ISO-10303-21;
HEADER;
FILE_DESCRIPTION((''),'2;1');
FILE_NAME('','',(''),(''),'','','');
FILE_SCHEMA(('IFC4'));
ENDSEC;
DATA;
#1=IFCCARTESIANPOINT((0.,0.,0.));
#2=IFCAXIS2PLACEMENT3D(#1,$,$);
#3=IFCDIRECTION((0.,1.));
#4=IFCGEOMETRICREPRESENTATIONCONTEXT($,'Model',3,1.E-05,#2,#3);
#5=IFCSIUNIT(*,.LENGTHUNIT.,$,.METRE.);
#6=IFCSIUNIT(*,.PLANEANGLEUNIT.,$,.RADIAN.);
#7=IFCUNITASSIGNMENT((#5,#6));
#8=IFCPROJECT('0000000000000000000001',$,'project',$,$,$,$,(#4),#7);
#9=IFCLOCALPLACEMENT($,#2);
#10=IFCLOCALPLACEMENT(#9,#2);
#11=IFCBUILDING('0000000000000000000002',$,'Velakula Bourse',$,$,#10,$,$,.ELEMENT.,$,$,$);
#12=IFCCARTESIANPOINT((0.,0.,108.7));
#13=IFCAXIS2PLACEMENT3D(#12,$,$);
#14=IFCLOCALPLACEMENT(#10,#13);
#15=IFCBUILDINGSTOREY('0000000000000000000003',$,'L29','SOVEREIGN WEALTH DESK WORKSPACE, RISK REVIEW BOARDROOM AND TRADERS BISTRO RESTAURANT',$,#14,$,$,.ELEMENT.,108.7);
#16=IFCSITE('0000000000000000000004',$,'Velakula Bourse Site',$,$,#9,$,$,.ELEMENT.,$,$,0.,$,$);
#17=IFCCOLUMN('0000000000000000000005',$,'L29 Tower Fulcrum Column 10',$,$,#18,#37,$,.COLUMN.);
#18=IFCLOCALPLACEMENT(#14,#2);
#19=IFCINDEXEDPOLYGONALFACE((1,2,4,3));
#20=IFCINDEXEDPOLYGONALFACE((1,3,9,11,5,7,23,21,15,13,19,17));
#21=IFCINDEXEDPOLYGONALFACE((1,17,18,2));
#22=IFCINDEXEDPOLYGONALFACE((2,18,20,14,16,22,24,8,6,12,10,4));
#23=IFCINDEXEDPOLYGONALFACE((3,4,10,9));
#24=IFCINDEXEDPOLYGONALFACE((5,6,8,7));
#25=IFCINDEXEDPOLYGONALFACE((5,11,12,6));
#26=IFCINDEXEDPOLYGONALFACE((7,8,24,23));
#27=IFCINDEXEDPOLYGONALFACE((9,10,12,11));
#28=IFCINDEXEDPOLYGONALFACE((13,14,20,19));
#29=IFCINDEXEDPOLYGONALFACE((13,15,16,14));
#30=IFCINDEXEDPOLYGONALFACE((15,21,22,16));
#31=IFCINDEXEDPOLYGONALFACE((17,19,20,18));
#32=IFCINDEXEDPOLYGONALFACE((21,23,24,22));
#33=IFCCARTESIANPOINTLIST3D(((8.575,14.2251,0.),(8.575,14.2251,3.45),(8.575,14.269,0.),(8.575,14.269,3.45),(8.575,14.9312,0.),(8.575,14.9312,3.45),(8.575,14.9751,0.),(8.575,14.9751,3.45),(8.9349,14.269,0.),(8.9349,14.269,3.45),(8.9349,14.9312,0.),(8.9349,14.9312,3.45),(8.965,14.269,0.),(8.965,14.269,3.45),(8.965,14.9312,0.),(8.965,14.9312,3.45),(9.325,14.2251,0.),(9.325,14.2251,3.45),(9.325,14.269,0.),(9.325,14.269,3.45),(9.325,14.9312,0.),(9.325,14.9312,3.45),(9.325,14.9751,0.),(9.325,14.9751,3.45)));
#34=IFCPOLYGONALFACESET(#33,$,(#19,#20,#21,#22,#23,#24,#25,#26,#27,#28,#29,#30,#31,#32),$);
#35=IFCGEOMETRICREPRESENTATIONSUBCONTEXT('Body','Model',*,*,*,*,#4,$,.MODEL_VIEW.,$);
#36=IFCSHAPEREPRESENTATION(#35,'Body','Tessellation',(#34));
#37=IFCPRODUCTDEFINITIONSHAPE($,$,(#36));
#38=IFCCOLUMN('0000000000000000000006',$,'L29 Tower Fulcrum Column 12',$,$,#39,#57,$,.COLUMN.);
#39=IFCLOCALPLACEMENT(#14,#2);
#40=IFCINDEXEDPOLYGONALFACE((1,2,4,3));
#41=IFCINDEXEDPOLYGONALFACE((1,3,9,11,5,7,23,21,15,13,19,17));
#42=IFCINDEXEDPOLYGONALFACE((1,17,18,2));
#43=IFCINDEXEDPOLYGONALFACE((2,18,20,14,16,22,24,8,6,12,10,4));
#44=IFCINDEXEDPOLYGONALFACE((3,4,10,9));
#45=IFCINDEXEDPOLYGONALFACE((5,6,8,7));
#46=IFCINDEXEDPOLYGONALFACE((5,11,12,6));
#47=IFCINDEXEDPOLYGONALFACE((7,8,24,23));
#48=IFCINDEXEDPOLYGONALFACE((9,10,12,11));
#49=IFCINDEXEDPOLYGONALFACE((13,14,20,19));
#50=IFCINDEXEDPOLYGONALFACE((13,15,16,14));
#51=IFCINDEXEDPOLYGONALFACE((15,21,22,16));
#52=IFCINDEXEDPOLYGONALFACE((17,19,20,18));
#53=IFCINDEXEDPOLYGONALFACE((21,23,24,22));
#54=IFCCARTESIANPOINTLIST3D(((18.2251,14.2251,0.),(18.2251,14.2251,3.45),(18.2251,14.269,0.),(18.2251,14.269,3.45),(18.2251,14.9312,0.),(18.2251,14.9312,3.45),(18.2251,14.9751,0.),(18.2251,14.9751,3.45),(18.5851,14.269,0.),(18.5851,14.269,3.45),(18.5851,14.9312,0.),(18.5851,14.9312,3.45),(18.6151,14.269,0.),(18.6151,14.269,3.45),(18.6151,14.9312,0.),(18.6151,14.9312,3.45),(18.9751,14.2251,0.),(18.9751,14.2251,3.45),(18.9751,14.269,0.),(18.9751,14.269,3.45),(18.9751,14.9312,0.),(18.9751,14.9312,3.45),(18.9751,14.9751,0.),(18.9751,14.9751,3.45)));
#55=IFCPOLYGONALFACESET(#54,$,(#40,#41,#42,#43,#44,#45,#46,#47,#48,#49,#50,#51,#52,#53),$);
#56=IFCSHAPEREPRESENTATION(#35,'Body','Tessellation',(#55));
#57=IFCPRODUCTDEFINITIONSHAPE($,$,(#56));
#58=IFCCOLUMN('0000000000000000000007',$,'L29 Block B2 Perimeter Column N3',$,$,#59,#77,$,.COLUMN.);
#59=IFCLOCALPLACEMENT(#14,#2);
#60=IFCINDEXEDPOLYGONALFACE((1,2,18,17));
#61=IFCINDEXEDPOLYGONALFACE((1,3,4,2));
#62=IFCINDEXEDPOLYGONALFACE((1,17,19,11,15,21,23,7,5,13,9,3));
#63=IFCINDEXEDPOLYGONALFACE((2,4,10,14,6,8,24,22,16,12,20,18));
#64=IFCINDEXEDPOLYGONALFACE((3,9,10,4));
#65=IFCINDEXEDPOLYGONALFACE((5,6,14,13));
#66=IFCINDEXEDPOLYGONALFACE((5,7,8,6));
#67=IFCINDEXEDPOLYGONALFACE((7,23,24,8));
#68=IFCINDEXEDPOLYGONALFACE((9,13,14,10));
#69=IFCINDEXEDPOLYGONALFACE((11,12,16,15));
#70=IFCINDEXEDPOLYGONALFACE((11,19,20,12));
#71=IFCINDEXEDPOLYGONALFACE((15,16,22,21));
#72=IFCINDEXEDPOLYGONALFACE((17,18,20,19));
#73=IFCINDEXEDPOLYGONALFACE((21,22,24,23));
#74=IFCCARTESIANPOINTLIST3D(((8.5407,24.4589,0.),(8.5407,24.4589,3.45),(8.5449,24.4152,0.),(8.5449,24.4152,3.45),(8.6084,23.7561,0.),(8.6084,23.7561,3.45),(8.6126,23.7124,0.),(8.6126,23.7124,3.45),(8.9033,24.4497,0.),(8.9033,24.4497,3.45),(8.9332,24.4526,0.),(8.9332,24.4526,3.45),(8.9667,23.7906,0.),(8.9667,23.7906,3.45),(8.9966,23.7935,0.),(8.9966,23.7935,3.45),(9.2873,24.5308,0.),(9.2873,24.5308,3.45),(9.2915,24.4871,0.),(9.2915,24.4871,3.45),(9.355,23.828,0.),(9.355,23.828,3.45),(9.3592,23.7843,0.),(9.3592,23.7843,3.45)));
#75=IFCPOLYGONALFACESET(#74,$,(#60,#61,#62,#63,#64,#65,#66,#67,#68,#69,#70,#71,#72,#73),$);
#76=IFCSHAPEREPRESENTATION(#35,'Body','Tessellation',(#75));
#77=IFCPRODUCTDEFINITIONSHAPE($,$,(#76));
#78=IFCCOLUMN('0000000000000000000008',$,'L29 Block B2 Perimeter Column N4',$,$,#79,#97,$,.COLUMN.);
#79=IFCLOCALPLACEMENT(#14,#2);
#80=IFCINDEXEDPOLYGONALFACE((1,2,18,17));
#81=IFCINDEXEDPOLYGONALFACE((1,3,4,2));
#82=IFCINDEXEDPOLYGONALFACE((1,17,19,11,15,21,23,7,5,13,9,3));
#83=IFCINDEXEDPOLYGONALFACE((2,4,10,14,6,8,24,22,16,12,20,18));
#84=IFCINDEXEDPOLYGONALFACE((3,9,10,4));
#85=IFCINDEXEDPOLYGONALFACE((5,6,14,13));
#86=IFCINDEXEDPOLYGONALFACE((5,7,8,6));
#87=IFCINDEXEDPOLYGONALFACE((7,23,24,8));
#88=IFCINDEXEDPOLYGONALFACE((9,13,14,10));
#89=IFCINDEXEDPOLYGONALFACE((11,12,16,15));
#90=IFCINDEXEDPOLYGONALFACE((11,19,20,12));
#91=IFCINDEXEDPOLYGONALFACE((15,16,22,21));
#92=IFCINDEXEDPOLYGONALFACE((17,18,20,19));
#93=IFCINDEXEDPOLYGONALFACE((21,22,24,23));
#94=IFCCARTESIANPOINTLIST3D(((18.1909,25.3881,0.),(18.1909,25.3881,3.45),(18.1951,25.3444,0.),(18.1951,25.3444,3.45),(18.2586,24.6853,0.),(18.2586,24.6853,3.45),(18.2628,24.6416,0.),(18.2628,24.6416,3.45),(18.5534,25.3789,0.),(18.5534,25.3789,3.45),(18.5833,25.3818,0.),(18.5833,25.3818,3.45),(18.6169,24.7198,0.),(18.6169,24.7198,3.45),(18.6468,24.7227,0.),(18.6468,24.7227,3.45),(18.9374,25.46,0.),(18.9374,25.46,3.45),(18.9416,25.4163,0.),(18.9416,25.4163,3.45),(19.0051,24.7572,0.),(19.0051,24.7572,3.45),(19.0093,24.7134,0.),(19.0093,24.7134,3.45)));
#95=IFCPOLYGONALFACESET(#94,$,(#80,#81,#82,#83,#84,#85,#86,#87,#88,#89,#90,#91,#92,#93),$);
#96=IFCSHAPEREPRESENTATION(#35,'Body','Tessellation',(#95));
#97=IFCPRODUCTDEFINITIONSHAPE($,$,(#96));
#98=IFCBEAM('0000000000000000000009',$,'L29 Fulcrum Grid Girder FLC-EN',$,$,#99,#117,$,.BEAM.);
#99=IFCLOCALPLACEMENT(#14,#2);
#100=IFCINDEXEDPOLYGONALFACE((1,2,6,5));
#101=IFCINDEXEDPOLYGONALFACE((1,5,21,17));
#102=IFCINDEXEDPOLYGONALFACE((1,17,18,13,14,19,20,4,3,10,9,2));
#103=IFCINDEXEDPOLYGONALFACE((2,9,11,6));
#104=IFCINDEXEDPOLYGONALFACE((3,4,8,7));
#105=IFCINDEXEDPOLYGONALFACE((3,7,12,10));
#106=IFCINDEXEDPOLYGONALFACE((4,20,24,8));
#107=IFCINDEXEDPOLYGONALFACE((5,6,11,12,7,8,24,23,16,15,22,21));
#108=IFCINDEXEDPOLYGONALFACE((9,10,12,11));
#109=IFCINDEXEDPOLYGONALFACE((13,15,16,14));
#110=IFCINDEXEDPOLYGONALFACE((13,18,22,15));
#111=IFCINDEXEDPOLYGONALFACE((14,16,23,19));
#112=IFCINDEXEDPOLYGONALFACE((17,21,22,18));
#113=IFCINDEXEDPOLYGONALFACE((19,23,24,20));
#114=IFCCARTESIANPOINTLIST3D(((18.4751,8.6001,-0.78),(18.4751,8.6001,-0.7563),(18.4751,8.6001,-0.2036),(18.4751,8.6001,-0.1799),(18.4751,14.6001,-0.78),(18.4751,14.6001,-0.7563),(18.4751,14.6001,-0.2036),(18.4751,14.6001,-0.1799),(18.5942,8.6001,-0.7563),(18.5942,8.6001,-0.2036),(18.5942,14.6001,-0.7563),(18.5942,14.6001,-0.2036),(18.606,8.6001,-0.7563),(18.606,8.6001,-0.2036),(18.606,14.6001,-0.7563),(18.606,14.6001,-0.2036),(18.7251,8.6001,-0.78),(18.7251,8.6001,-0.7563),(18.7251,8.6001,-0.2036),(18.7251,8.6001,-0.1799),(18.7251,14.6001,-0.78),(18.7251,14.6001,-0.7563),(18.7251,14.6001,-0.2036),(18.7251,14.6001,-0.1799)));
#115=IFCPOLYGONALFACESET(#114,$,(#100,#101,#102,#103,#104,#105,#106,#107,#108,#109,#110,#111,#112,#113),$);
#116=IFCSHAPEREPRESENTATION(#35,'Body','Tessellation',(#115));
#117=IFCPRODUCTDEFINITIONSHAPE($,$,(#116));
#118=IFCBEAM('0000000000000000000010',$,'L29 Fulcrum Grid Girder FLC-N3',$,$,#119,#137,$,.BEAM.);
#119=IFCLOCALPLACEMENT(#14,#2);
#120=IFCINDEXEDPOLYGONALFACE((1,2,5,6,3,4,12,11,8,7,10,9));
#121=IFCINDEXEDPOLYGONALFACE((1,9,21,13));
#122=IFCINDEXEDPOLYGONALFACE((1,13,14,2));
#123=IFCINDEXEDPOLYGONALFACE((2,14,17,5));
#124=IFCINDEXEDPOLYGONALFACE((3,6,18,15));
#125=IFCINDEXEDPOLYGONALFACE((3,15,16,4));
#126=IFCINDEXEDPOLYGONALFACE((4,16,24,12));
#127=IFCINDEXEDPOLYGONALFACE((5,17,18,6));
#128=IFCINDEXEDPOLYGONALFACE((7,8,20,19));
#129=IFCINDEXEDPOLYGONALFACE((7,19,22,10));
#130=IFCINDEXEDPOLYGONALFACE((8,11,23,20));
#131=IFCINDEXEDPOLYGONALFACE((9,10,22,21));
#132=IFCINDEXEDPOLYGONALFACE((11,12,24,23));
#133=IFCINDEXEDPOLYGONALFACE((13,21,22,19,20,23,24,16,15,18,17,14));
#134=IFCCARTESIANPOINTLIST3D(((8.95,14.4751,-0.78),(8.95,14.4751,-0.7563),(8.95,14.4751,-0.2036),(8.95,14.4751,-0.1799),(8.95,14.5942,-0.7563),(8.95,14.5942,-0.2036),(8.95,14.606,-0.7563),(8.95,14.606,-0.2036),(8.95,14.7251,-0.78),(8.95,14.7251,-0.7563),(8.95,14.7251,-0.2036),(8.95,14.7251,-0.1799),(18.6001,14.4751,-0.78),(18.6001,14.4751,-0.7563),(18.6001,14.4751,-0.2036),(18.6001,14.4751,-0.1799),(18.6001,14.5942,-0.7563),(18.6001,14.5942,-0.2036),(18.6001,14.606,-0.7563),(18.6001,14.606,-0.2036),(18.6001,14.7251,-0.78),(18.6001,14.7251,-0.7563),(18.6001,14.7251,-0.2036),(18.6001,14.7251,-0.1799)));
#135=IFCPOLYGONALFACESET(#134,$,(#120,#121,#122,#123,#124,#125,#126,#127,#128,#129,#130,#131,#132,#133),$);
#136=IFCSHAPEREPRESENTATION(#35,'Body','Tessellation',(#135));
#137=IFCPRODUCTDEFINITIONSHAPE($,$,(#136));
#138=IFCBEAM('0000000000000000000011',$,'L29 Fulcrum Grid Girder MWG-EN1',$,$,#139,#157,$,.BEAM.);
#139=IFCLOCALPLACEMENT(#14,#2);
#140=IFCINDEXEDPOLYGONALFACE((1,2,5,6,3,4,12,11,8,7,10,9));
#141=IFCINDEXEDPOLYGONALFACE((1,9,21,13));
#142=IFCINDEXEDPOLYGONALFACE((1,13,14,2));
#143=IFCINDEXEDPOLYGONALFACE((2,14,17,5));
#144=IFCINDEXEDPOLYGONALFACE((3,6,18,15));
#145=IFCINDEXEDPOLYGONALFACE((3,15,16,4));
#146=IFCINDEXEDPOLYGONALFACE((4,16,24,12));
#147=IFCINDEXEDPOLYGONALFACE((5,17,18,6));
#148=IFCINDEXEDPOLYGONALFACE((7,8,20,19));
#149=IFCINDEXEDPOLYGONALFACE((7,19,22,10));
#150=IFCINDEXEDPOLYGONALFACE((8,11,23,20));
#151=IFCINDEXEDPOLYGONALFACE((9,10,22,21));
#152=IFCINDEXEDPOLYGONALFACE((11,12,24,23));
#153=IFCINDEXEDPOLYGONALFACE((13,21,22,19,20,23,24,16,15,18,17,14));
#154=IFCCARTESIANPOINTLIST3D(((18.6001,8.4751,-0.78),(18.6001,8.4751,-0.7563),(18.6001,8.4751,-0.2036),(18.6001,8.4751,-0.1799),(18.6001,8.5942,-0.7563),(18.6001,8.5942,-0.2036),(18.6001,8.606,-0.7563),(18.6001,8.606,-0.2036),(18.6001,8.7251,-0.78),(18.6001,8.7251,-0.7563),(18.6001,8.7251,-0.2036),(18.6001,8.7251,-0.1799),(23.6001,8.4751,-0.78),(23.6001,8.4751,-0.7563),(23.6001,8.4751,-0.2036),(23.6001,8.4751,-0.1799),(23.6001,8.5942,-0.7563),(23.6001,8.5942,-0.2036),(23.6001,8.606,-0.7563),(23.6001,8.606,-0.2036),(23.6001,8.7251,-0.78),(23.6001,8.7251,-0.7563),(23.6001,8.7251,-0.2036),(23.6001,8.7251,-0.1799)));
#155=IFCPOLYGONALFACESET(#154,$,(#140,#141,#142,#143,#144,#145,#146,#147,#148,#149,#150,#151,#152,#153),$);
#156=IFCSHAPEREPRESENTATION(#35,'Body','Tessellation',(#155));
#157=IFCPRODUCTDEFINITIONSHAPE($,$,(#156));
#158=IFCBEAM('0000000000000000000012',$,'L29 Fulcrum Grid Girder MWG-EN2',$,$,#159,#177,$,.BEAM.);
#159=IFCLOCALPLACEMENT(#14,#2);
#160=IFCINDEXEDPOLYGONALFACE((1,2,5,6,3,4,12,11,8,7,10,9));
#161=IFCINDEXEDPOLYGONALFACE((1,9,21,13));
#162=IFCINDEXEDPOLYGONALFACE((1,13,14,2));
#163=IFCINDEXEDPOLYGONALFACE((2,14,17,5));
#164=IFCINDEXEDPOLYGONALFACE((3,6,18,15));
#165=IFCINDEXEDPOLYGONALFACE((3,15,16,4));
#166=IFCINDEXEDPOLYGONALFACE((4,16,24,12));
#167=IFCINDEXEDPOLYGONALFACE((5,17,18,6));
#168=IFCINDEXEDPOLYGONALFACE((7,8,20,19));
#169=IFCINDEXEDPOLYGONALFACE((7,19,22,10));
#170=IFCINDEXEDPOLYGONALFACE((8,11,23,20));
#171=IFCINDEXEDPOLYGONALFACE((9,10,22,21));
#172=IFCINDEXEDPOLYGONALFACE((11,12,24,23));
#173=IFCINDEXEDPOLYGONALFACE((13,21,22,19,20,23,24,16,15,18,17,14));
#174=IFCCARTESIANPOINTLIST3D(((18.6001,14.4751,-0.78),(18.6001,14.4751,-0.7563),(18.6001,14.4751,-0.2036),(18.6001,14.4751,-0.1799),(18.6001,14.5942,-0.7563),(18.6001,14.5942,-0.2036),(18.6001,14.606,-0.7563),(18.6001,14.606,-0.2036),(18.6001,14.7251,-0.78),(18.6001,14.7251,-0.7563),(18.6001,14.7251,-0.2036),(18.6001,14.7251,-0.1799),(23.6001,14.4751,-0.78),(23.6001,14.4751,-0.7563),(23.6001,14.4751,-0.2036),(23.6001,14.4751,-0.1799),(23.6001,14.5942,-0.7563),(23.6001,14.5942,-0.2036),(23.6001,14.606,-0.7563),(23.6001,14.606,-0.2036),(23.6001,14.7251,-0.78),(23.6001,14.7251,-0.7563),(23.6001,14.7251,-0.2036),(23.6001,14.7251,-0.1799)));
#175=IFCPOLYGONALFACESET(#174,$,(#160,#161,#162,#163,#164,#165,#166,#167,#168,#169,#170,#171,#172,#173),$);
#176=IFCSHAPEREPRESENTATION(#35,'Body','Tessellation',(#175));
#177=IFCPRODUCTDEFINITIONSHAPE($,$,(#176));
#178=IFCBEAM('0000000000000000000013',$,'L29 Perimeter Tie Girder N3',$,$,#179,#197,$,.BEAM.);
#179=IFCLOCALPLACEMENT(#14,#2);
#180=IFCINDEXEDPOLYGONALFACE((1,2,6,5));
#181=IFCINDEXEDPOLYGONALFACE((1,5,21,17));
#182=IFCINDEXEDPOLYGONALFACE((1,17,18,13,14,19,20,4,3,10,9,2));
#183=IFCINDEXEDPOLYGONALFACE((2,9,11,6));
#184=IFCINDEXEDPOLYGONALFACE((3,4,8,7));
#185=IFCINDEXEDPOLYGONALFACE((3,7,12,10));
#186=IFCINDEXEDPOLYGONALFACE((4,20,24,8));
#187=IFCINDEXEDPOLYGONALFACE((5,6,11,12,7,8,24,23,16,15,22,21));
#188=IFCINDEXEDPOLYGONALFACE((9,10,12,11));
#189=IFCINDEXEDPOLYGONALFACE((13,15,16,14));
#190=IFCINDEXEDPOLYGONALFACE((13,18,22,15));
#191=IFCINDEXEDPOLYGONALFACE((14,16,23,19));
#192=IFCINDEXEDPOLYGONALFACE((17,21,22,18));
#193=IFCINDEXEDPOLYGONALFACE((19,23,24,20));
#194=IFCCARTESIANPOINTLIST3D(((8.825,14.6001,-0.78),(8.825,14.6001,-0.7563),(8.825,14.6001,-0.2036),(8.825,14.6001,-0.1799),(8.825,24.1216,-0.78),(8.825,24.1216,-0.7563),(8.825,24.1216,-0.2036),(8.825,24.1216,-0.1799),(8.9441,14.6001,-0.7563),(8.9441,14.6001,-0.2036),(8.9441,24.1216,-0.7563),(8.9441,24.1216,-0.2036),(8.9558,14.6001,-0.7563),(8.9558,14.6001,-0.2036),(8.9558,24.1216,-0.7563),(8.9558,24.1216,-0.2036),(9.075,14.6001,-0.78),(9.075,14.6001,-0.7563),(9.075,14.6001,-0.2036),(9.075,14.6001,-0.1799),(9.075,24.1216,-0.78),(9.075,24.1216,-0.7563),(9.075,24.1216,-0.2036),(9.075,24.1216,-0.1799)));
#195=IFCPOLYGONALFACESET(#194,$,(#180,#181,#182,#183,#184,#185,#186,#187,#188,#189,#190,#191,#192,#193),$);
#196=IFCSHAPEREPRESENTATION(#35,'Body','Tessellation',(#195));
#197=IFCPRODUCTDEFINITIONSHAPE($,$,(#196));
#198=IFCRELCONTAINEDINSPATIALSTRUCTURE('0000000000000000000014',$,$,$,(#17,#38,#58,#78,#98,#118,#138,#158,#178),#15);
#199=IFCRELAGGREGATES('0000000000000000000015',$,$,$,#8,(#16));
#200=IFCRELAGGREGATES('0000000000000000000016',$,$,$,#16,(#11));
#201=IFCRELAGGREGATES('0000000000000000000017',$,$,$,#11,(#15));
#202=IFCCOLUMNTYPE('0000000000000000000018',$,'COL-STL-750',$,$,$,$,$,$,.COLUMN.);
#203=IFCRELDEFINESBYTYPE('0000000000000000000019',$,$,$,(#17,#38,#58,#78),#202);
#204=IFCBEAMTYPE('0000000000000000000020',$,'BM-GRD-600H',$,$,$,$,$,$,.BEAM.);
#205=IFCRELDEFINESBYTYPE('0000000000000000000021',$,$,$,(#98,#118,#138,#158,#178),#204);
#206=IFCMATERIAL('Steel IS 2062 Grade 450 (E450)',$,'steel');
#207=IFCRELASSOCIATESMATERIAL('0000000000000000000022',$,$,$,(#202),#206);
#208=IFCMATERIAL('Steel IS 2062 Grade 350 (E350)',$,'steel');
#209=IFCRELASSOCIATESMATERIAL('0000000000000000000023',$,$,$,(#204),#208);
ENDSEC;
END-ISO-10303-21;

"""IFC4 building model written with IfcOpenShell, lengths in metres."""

from ifc_helpers import new_model, si_unit, direction, frame, origin, origin_2d, place, context, subcontext, project, spatial, i_section, extrude, material, material_profile, profile_set, type_object, element, save


model = new_model("IFC4")

# Units and contexts
model_context = context("Model", 3, precision=1e-05, world=origin(), true_north=direction((0.0, 1.0)))
body_context = subcontext(model_context, "Body", "Model", "MODEL_VIEW")
ifc_project = project(units=[si_unit("LENGTHUNIT", "METRE"), si_unit("PLANEANGLEUNIT", "RADIAN")], contexts=[model_context])

# Site, building, storey
site_placement = place(None, origin())
site = spatial("IfcSite", under=ifc_project, at=site_placement, Name="Velakula Bourse Site", CompositionType="ELEMENT", RefElevation=0.0)
building_placement = place(site_placement, origin())
building = spatial("IfcBuilding", under=site, at=building_placement, Name="Velakula Bourse", CompositionType="ELEMENT")
storey_placement = place(building_placement, frame((0.0, 0.0, 108.7)))
storey = spatial("IfcBuildingStorey", under=building, at=storey_placement, Name="L29", Description="SOVEREIGN WEALTH DESK WORKSPACE, RISK REVIEW BOARDROOM AND TRADERS BISTRO RESTAURANT", CompositionType="ELEMENT", Elevation=108.7)

# Columns
ifc_material_1 = material(Name="Steel IS 2062 Grade 450 (E450)", Category="steel")
ifc_material_profile_1 = material_profile(ifc_material_1, i_section(OverallWidth=0.75, OverallDepth=0.75, WebThickness=0.03, FlangeThickness=0.0439, at=origin_2d()), Name="Steel IS 2062 Grade 450 (E450)")
ifc_profile_set_1 = profile_set([ifc_material_profile_1], Name="Steel IS 2062 Grade 450 (E450)")
column_type = type_object("IfcColumnType", Name="COL-STL-750", PredefinedType="COLUMN", material=ifc_profile_set_1)
for number, where, z_axis, x_axis, name in (
    (1, (8.95, 14.6001, 0.0), (0.0, 0.0, 1.0), (1.0, 0.0, 0.0), "L29 Tower Fulcrum Column 10"),
    (2, (18.6001, 14.6001, 0.0), (0.0, 0.0, 1.0), (1.0, 0.0, 0.0), "L29 Tower Fulcrum Column 12"),
    (3, (8.95, 24.1216, 0.0), (0.0, 0.0, 1.0), (0.995396, 0.095846, 0.0), "L29 Block B2 Perimeter Column N3"),
    (4, (18.6001, 25.0508, 0.0), (0.0, 0.0, 1.0), (0.995396, 0.095846, 0.0), "L29 Block B2 Perimeter Column N4"),
):
    element("IfcColumn", number, at=place(storey_placement, frame(where, z_axis=z_axis, x_axis=x_axis)), inside=storey, type_object=column_type, Name=name, PredefinedType="COLUMN", context=body_context, shape_type="SweptSolid", body=[
        extrude(i_section(OverallWidth=0.75, OverallDepth=0.75, WebThickness=0.03, FlangeThickness=0.0439, at=origin_2d()), origin(), (0.0, 0.0, 1.0), 3.45),
    ])

# Beams
ifc_material_2 = material(Name="Steel IS 2062 Grade 350 (E350)", Category="steel")
ifc_material_profile_2 = material_profile(ifc_material_2, i_section(OverallWidth=0.25, OverallDepth=0.6001, WebThickness=0.0117, FlangeThickness=0.0237, at=origin_2d()), Name="Steel IS 2062 Grade 350 (E350)")
ifc_profile_set_2 = profile_set([ifc_material_profile_2], Name="Steel IS 2062 Grade 350 (E350)")
beam_type_1 = type_object("IfcBeamType", Name="BM-GRD-600H", PredefinedType="BEAM", material=ifc_profile_set_2)
beam_1_placement = place(storey_placement, frame((18.6001, 8.6001, -0.48), z_axis=(0.0, 1.0, 0.0), x_axis=(-1.0, 0.0, 0.0)))
element("IfcBeam", 5, at=beam_1_placement, inside=storey, type_object=beam_type_1, Name="L29 Fulcrum Grid Girder FLC-EN", PredefinedType="BEAM", context=body_context, shape_type="SweptSolid", body=[
    extrude(i_section(OverallWidth=0.25, OverallDepth=0.6001, WebThickness=0.0117, FlangeThickness=0.0237, at=origin_2d()), origin(), (0.0, 0.0, 1.0), 6.0),
])
beam_2_placement = place(storey_placement, frame((8.95, 14.6001, -0.48), z_axis=(1.0, 0.0, 0.0), x_axis=(0.0, 1.0, 0.0)))
element("IfcBeam", 6, at=beam_2_placement, inside=storey, type_object=beam_type_1, Name="L29 Fulcrum Grid Girder FLC-N3", PredefinedType="BEAM", context=body_context, shape_type="SweptSolid", body=[
    extrude(i_section(OverallWidth=0.25, OverallDepth=0.6001, WebThickness=0.0117, FlangeThickness=0.0237, at=origin_2d()), origin(), (0.0, 0.0, 1.0), 9.6501),
])
for number, where, z_axis, x_axis, name in (
    (7, (18.6001, 8.6001, -0.48), (1.0, 0.0, 0.0), (0.0, 1.0, 0.0), "L29 Fulcrum Grid Girder MWG-EN1"),
    (8, (18.6001, 14.6001, -0.48), (1.0, 0.0, 0.0), (0.0, 1.0, 0.0), "L29 Fulcrum Grid Girder MWG-EN2"),
):
    element("IfcBeam", number, at=place(storey_placement, frame(where, z_axis=z_axis, x_axis=x_axis)), inside=storey, type_object=beam_type_1, Name=name, PredefinedType="BEAM", context=body_context, shape_type="SweptSolid", body=[
        extrude(i_section(OverallWidth=0.25, OverallDepth=0.6001, WebThickness=0.0117, FlangeThickness=0.0237, at=origin_2d()), origin(), (0.0, 0.0, 1.0), 5.0),
    ])
beam_3_placement = place(storey_placement, frame((8.95, 14.6001, -0.48), z_axis=(0.0, 1.0, 0.0), x_axis=(-1.0, 0.0, 0.0)))
element("IfcBeam", 9, at=beam_3_placement, inside=storey, type_object=beam_type_1, Name="L29 Perimeter Tie Girder N3", PredefinedType="BEAM", context=body_context, shape_type="SweptSolid", body=[
    extrude(i_section(OverallWidth=0.25, OverallDepth=0.6001, WebThickness=0.0117, FlangeThickness=0.0237, at=origin_2d()), origin(), (0.0, 0.0, 1.0), 9.5215),
])

save(model, "model.ifc")
